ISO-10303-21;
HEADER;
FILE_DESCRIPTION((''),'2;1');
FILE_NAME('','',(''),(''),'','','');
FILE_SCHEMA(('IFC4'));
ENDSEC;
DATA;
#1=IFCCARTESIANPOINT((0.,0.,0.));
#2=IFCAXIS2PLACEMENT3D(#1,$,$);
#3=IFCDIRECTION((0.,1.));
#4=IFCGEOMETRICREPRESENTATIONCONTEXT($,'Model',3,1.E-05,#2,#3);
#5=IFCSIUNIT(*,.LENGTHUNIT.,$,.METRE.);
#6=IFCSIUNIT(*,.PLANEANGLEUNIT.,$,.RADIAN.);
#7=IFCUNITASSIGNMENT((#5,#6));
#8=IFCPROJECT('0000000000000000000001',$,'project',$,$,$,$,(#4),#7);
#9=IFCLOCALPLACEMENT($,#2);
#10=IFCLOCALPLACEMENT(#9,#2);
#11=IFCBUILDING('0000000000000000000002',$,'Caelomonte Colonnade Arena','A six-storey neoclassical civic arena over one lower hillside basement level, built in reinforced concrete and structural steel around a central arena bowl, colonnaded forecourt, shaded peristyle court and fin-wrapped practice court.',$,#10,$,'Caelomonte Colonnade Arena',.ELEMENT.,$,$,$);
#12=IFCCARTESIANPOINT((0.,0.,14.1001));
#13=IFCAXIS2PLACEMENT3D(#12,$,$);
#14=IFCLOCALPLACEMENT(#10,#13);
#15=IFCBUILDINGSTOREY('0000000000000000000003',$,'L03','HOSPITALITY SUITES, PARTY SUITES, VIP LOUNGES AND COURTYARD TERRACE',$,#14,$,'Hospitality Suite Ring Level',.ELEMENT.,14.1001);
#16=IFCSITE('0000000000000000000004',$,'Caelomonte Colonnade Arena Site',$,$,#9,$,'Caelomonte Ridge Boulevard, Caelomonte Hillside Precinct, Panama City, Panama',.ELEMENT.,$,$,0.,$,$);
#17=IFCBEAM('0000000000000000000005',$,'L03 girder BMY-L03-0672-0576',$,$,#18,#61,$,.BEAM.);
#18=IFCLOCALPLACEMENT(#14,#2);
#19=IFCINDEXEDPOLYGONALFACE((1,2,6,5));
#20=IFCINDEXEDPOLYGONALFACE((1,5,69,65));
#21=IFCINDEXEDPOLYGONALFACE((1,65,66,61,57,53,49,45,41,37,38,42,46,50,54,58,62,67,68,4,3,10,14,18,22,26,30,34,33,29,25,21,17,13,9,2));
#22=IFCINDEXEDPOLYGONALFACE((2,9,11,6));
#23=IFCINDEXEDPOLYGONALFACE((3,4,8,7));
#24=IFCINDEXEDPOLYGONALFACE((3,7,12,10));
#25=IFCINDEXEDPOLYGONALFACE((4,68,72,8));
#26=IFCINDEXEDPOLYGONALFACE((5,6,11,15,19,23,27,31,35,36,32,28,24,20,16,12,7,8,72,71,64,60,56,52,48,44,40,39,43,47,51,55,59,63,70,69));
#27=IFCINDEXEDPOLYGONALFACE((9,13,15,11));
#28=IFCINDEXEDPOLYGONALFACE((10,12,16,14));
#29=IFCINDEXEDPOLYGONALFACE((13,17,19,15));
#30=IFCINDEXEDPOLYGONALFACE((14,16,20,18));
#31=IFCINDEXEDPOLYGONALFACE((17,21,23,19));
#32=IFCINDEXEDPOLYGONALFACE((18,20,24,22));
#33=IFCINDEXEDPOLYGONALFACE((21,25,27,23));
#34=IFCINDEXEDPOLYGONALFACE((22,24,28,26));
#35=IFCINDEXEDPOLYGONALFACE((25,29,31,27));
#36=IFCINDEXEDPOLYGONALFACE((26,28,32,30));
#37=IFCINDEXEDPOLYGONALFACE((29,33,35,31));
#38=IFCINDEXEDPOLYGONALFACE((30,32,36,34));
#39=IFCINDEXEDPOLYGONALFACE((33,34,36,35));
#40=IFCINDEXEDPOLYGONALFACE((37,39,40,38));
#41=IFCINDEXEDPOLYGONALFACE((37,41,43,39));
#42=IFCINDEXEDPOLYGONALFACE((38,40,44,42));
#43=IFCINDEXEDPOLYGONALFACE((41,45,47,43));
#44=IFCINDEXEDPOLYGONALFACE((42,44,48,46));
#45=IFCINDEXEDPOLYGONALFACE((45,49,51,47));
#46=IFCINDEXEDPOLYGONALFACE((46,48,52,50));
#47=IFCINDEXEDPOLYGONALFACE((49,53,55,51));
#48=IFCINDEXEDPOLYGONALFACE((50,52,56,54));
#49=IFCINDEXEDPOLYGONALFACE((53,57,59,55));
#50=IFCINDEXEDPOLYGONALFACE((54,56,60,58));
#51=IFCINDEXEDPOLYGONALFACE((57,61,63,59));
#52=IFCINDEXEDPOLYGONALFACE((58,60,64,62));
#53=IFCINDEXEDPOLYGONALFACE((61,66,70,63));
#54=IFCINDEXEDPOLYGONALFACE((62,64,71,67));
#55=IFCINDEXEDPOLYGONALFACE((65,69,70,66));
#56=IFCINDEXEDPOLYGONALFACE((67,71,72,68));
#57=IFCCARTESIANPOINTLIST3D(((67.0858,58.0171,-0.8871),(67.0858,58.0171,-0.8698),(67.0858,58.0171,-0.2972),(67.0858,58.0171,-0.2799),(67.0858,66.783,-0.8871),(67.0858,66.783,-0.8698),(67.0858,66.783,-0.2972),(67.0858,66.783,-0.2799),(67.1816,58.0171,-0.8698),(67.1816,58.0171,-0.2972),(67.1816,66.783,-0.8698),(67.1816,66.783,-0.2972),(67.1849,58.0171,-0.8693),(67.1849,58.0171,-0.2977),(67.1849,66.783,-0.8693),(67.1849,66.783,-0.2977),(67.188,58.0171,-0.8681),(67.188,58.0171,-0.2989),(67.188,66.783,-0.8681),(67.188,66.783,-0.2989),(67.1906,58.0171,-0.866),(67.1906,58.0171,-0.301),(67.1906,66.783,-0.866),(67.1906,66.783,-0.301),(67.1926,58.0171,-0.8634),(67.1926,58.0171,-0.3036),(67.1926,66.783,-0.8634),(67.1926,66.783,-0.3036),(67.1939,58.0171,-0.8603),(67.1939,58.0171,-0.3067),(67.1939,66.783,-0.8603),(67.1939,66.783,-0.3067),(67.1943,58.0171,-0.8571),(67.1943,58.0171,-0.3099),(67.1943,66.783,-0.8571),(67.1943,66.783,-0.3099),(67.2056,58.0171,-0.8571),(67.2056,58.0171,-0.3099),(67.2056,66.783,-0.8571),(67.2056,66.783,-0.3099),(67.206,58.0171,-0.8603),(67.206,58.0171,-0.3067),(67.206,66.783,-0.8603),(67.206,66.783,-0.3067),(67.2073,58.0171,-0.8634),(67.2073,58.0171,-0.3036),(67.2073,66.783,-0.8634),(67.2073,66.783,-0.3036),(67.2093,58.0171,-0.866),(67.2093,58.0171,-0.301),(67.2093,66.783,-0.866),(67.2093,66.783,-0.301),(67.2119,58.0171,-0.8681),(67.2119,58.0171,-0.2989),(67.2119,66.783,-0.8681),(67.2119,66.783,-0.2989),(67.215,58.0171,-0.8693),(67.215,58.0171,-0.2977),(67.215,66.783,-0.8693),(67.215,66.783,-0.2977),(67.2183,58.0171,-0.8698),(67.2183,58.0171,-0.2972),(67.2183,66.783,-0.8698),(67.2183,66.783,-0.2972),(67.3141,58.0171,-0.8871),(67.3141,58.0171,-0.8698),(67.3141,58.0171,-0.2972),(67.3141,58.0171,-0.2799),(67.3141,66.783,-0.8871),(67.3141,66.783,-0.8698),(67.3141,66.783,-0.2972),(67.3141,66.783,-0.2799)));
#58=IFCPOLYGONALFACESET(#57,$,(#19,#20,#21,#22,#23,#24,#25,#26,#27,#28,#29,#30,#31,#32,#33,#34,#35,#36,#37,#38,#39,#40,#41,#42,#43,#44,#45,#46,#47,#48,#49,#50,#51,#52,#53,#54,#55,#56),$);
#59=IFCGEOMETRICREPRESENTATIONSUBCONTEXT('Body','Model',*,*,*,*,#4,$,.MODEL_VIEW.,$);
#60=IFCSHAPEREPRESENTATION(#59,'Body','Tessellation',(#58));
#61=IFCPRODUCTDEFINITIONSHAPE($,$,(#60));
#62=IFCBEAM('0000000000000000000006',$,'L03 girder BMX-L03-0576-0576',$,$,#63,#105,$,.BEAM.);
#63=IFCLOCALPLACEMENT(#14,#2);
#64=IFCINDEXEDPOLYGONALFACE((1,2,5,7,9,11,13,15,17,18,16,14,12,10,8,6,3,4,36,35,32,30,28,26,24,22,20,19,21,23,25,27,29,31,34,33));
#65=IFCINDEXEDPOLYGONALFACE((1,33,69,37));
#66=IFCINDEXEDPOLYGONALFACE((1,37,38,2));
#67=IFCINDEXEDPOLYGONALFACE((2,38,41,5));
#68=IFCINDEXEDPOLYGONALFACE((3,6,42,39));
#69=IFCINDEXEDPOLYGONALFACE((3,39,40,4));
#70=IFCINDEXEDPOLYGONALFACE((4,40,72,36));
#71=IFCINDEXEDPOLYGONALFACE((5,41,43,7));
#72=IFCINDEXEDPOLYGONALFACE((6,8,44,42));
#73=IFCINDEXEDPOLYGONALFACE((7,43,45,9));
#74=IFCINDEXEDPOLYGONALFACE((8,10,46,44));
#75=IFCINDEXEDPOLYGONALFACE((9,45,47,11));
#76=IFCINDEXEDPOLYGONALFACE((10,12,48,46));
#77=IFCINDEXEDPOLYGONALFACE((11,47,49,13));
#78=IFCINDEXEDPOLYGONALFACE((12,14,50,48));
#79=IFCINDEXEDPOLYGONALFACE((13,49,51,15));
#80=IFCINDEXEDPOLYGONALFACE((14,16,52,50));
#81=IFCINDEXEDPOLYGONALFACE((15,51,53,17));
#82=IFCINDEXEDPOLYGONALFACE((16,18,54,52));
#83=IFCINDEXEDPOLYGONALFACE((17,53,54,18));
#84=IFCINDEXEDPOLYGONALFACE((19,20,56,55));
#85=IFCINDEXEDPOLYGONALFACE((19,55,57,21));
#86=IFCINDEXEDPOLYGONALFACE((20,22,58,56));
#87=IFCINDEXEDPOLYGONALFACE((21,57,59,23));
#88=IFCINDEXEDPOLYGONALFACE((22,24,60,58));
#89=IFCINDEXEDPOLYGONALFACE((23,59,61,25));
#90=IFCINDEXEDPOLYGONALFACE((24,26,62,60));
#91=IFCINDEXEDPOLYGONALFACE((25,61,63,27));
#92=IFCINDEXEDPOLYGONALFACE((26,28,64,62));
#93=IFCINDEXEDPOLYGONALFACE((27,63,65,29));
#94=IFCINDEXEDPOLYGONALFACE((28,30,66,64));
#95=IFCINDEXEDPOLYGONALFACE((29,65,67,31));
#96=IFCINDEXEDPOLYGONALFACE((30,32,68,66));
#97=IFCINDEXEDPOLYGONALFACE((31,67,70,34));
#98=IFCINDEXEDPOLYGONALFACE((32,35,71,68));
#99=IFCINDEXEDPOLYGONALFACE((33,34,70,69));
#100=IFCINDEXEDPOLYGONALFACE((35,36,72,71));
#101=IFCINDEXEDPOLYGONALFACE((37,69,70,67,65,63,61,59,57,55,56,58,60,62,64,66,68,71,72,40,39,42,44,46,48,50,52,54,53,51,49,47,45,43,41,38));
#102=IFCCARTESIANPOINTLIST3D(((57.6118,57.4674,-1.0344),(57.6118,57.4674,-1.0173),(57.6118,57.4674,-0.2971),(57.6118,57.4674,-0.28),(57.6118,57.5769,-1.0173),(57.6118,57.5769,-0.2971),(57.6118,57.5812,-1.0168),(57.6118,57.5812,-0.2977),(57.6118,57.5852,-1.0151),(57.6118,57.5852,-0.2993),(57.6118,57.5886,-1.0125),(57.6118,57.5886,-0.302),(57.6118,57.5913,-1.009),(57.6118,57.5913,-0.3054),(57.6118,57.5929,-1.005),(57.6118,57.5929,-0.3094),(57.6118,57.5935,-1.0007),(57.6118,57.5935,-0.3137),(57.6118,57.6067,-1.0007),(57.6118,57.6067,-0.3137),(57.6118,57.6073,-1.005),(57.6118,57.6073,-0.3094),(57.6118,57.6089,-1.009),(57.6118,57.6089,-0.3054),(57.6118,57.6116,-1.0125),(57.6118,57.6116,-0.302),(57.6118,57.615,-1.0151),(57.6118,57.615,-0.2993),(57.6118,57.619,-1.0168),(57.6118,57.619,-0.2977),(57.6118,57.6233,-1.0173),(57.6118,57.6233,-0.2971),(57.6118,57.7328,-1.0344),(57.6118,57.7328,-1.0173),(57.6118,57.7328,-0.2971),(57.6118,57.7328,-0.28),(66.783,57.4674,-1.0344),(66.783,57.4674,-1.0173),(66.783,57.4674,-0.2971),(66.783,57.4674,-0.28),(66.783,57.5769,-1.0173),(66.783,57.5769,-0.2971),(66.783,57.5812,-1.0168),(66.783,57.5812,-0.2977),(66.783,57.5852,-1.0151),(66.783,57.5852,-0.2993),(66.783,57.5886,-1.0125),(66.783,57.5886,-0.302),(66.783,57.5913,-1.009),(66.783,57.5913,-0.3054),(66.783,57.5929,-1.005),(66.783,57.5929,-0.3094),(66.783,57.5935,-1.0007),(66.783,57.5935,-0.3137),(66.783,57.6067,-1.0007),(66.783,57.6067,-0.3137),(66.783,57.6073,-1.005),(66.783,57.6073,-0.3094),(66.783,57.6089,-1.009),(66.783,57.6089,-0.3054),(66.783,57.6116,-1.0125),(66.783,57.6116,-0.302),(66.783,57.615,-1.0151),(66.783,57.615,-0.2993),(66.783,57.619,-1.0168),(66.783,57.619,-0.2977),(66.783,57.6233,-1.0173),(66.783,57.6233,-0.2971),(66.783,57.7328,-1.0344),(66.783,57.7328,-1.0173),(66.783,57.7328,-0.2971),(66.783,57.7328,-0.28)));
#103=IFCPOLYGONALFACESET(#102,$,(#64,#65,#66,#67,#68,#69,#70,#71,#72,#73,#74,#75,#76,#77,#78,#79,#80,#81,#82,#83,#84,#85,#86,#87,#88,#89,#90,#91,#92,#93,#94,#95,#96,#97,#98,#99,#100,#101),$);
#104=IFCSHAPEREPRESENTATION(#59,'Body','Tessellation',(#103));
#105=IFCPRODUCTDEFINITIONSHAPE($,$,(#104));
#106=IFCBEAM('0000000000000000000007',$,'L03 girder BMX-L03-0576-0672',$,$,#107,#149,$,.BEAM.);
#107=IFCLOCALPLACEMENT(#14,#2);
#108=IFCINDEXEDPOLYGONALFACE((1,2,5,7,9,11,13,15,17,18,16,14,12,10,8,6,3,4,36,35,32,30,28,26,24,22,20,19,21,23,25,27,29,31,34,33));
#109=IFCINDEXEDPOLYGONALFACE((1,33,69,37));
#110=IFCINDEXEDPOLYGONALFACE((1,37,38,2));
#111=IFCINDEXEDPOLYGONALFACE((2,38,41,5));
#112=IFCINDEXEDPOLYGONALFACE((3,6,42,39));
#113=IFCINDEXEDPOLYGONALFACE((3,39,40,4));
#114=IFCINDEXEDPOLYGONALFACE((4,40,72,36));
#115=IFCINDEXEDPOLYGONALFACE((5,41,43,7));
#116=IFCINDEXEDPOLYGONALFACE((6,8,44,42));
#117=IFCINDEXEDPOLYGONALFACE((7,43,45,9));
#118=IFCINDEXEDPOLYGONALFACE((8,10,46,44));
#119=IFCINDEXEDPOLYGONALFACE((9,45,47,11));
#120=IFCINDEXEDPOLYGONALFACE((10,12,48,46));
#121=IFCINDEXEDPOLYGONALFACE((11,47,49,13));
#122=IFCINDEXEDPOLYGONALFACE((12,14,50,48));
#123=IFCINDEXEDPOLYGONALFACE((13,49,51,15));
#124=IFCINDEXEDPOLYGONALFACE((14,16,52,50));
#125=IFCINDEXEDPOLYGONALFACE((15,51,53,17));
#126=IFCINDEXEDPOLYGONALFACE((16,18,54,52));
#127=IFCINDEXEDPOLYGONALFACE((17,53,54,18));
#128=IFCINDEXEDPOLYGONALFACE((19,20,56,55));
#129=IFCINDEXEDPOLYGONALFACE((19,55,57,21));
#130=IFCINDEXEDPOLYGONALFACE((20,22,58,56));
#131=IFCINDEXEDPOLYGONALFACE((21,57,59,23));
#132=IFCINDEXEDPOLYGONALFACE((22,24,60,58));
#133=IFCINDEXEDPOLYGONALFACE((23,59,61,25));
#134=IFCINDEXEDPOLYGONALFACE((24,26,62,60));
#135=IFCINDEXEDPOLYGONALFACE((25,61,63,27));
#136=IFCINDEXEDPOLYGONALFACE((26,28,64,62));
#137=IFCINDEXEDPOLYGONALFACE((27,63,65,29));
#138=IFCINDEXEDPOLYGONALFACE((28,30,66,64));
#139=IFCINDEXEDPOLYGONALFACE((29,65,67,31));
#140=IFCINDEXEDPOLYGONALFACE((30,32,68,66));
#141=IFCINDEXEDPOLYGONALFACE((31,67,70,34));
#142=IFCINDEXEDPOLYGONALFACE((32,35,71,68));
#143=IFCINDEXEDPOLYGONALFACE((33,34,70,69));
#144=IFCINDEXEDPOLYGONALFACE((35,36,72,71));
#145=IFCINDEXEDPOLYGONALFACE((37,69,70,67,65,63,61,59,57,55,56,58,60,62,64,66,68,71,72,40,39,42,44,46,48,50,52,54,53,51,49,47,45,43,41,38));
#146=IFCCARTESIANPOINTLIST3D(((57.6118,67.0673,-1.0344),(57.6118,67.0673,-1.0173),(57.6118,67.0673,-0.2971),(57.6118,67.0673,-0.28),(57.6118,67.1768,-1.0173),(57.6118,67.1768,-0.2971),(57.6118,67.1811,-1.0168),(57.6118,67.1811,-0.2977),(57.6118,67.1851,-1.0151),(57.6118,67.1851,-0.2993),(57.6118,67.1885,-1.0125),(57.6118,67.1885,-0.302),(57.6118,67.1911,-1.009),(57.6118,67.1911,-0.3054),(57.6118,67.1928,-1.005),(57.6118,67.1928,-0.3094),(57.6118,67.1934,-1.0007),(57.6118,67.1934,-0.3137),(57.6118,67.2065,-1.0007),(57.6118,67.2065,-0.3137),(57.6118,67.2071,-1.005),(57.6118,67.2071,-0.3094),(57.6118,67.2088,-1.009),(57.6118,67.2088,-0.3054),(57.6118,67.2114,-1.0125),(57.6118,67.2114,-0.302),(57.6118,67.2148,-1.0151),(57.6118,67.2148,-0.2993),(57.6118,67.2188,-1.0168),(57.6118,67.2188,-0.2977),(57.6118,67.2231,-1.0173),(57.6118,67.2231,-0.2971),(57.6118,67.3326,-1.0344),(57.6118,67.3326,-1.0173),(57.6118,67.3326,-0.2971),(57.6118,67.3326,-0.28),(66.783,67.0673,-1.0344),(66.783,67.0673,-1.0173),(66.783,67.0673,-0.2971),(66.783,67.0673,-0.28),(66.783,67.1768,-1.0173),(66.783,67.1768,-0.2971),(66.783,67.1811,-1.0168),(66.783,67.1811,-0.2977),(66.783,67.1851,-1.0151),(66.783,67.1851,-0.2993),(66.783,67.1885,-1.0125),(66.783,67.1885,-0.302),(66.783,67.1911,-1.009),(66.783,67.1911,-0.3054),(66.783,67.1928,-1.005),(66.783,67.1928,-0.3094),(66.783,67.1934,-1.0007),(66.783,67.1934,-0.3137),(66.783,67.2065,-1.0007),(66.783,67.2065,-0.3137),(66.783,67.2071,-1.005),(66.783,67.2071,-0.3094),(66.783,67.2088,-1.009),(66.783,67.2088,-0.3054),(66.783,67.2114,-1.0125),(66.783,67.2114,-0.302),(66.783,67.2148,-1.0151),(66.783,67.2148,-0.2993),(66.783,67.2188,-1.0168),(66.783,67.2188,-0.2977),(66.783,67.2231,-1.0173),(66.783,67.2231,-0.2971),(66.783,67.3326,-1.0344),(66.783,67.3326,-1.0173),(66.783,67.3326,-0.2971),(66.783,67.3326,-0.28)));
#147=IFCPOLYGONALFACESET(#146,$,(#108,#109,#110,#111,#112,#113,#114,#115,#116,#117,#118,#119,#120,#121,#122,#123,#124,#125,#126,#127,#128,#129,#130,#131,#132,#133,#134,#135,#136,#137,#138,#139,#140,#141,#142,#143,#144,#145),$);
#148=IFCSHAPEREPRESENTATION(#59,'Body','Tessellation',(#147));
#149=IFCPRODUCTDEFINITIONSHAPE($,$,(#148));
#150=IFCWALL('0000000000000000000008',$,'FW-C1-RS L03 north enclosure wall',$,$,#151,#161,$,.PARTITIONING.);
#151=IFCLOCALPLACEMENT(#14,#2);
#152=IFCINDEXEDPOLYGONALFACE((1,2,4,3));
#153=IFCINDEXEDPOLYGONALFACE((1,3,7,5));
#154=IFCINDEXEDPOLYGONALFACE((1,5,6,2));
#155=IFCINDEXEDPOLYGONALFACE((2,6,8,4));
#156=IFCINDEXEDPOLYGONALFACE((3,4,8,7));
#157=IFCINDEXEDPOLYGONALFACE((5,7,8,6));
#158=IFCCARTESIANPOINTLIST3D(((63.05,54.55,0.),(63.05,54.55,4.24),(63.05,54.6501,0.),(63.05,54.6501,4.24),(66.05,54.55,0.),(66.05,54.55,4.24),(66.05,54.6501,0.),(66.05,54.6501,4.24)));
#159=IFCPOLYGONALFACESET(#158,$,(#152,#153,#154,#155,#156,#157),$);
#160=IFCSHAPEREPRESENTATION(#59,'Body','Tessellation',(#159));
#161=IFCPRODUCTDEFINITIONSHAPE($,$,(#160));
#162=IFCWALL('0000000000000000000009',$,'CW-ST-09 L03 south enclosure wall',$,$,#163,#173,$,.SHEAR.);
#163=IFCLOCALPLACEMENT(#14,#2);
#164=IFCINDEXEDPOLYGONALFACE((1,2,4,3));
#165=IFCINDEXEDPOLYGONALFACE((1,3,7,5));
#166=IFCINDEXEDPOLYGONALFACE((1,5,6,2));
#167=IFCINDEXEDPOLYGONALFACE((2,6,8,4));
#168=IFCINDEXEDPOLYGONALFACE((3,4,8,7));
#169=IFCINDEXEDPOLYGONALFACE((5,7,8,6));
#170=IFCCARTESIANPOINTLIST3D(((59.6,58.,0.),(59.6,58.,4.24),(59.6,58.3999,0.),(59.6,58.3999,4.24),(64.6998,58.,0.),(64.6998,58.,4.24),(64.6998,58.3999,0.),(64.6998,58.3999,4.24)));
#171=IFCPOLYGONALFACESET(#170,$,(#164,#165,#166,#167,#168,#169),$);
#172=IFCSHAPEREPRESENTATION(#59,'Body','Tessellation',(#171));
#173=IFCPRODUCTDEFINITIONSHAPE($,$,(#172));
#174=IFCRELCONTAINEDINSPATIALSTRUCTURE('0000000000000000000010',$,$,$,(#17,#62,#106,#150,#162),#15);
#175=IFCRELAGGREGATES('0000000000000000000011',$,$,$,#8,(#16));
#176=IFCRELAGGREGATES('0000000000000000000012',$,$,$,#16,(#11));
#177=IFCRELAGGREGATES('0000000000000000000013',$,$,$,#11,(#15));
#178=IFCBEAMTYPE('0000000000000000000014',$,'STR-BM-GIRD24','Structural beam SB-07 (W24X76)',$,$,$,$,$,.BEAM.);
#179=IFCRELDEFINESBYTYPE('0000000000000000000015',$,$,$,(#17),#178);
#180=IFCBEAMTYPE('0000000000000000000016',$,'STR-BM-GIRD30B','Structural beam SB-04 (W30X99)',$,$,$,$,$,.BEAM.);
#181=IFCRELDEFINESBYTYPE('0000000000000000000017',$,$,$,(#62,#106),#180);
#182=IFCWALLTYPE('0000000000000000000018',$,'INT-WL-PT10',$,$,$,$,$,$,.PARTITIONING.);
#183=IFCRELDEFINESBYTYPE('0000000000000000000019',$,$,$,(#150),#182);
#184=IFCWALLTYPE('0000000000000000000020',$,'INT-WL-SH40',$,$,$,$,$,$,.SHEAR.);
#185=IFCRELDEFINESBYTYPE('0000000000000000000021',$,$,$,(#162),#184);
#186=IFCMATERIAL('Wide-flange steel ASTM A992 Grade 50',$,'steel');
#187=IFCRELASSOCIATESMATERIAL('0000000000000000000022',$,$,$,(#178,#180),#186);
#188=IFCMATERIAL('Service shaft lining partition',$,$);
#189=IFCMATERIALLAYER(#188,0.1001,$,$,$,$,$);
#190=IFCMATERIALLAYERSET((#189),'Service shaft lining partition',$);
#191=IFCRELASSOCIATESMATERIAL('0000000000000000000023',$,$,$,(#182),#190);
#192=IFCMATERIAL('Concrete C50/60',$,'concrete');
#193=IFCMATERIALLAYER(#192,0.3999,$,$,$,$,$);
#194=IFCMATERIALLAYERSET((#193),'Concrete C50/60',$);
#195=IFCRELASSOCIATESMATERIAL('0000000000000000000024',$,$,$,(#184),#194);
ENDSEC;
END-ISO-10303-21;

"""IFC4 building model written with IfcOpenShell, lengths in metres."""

from ifc_helpers import new_model, si_unit, direction, frame, frame_2d, origin, origin_2d, place, context, subcontext, project, spatial, rectangle, i_section, extrude, material, layer, layer_set, material_profile, profile_set, type_object, element, save


model = new_model("IFC4")

# Units and contexts
model_context = context("Model", 3, precision=1e-05, world=origin(), true_north=direction((0.0, 1.0)))
body_context = subcontext(model_context, "Body", "Model", "MODEL_VIEW")
ifc_project = project(units=[si_unit("LENGTHUNIT", "METRE"), si_unit("PLANEANGLEUNIT", "RADIAN")], contexts=[model_context])

# Site, building, storey
site_placement = place(None, origin())
site = spatial("IfcSite", under=ifc_project, at=site_placement, Name="Caelomonte Colonnade Arena Site", LongName="Caelomonte Ridge Boulevard, Caelomonte Hillside Precinct, Panama City, Panama", CompositionType="ELEMENT", RefElevation=0.0)
building_placement = place(site_placement, origin())
building = spatial("IfcBuilding", under=site, at=building_placement, Name="Caelomonte Colonnade Arena", Description="A six-storey neoclassical civic arena over one lower hillside basement level, built in reinforced concrete and structural steel around a central arena bowl, colonnaded forecourt, shaded peristyle court and fin-wrapped practice court.", LongName="Caelomonte Colonnade Arena", CompositionType="ELEMENT")
storey_placement = place(building_placement, frame((0.0, 0.0, 14.1001)))
storey = spatial("IfcBuildingStorey", under=building, at=storey_placement, Name="L03", Description="HOSPITALITY SUITES, PARTY SUITES, VIP LOUNGES AND COURTYARD TERRACE", LongName="Hospitality Suite Ring Level", CompositionType="ELEMENT", Elevation=14.1001)

# Shared definitions
ifc_material_1 = material(Name="Wide-flange steel ASTM A992 Grade 50", Category="steel")

# Beams
ifc_material_profile_1 = material_profile(ifc_material_1, i_section(OverallWidth=0.2283, OverallDepth=0.6072, WebThickness=0.0112, FlangeThickness=0.0173, FilletRadius=0.0127, at=origin_2d()), Name="W24X76")
ifc_profile_set_1 = profile_set([ifc_material_profile_1], Name="Wide-flange steel ASTM A992 Grade 50")
beam_type_1 = type_object("IfcBeamType", Name="STR-BM-GIRD24", Description="Structural beam SB-07 (W24X76)", PredefinedType="BEAM", material=ifc_profile_set_1)
beam_1_placement = place(storey_placement, frame((67.2, 58.0171, -0.5835), z_axis=(0.0, 1.0, 0.0), x_axis=(-1.0, 0.0, 0.0)))
element("IfcBeam", 1, at=beam_1_placement, inside=storey, type_object=beam_type_1, Name="L03 girder BMY-L03-0672-0576", PredefinedType="BEAM", context=body_context, shape_type="SweptSolid", body=[
    extrude(i_section(OverallWidth=0.2283, OverallDepth=0.6072, WebThickness=0.0112, FlangeThickness=0.0173, FilletRadius=0.0127, at=origin_2d()), origin(), (0.0, 0.0, 1.0), 8.7659),
])
ifc_material_profile_2 = material_profile(ifc_material_1, i_section(OverallWidth=0.2654, OverallDepth=0.7544, WebThickness=0.0132, FlangeThickness=0.0171, FilletRadius=0.0166, at=origin_2d()), Name="W30X99")
ifc_profile_set_2 = profile_set([ifc_material_profile_2], Name="Wide-flange steel ASTM A992 Grade 50")
beam_type_2 = type_object("IfcBeamType", Name="STR-BM-GIRD30B", Description="Structural beam SB-04 (W30X99)", PredefinedType="BEAM", material=ifc_profile_set_2)
for number, where, z_axis, x_axis, name in (
    (2, (57.6118, 57.6001, -0.6572), (1.0, 0.0, 0.0), (0.0, 1.0, 0.0), "L03 girder BMX-L03-0576-0576"),
    (3, (57.6118, 67.2, -0.6572), (1.0, 0.0, 0.0), (0.0, 1.0, 0.0), "L03 girder BMX-L03-0576-0672"),
):
    element("IfcBeam", number, at=place(storey_placement, frame(where, z_axis=z_axis, x_axis=x_axis)), inside=storey, type_object=beam_type_2, Name=name, PredefinedType="BEAM", context=body_context, shape_type="SweptSolid", body=[
        extrude(i_section(OverallWidth=0.2654, OverallDepth=0.7544, WebThickness=0.0132, FlangeThickness=0.0171, FilletRadius=0.0166, at=origin_2d()), origin(), (0.0, 0.0, 1.0), 9.1711),
    ])

# Walls
ifc_material_2 = material(Name="Service shaft lining partition")
ifc_layer_1 = layer(ifc_material_2, 0.1001)
ifc_layer_set_1 = layer_set([ifc_layer_1], Name="Service shaft lining partition")
wall_type_1 = type_object("IfcWallType", Name="INT-WL-PT10", PredefinedType="PARTITIONING", material=ifc_layer_set_1)
wall_1_placement = place(storey_placement, frame((66.05, 54.6001, 0.0), z_axis=(0.0, 0.0, 1.0), x_axis=(-1.0, 0.0, 0.0)))
element("IfcWall", 4, at=wall_1_placement, inside=storey, type_object=wall_type_1, Name="FW-C1-RS L03 north enclosure wall", PredefinedType="PARTITIONING", context=body_context, shape_type="SweptSolid", body=[
    extrude(rectangle(XDim=3.0, YDim=0.1001, at=frame_2d((1.5, 0.0))), origin(), (0.0, 0.0, 1.0), 4.24),
])
ifc_material_3 = material(Name="Concrete C50/60", Category="concrete")
ifc_layer_2 = layer(ifc_material_3, 0.3999)
ifc_layer_set_2 = layer_set([ifc_layer_2], Name="Concrete C50/60")
wall_type_2 = type_object("IfcWallType", Name="INT-WL-SH40", PredefinedType="SHEAR", material=ifc_layer_set_2)
wall_2_placement = place(storey_placement, frame((59.6001, 58.2, 0.0), z_axis=(0.0, 0.0, 1.0), x_axis=(1.0, 0.0, 0.0)))
element("IfcWall", 5, at=wall_2_placement, inside=storey, type_object=wall_type_2, Name="CW-ST-09 L03 south enclosure wall", PredefinedType="SHEAR", context=body_context, shape_type="SweptSolid", body=[
    extrude(rectangle(XDim=5.0999, YDim=0.3999, at=frame_2d((2.5498, 0.0))), origin(), (0.0, 0.0, 1.0), 4.24),
])

save(model, "model.ifc")
